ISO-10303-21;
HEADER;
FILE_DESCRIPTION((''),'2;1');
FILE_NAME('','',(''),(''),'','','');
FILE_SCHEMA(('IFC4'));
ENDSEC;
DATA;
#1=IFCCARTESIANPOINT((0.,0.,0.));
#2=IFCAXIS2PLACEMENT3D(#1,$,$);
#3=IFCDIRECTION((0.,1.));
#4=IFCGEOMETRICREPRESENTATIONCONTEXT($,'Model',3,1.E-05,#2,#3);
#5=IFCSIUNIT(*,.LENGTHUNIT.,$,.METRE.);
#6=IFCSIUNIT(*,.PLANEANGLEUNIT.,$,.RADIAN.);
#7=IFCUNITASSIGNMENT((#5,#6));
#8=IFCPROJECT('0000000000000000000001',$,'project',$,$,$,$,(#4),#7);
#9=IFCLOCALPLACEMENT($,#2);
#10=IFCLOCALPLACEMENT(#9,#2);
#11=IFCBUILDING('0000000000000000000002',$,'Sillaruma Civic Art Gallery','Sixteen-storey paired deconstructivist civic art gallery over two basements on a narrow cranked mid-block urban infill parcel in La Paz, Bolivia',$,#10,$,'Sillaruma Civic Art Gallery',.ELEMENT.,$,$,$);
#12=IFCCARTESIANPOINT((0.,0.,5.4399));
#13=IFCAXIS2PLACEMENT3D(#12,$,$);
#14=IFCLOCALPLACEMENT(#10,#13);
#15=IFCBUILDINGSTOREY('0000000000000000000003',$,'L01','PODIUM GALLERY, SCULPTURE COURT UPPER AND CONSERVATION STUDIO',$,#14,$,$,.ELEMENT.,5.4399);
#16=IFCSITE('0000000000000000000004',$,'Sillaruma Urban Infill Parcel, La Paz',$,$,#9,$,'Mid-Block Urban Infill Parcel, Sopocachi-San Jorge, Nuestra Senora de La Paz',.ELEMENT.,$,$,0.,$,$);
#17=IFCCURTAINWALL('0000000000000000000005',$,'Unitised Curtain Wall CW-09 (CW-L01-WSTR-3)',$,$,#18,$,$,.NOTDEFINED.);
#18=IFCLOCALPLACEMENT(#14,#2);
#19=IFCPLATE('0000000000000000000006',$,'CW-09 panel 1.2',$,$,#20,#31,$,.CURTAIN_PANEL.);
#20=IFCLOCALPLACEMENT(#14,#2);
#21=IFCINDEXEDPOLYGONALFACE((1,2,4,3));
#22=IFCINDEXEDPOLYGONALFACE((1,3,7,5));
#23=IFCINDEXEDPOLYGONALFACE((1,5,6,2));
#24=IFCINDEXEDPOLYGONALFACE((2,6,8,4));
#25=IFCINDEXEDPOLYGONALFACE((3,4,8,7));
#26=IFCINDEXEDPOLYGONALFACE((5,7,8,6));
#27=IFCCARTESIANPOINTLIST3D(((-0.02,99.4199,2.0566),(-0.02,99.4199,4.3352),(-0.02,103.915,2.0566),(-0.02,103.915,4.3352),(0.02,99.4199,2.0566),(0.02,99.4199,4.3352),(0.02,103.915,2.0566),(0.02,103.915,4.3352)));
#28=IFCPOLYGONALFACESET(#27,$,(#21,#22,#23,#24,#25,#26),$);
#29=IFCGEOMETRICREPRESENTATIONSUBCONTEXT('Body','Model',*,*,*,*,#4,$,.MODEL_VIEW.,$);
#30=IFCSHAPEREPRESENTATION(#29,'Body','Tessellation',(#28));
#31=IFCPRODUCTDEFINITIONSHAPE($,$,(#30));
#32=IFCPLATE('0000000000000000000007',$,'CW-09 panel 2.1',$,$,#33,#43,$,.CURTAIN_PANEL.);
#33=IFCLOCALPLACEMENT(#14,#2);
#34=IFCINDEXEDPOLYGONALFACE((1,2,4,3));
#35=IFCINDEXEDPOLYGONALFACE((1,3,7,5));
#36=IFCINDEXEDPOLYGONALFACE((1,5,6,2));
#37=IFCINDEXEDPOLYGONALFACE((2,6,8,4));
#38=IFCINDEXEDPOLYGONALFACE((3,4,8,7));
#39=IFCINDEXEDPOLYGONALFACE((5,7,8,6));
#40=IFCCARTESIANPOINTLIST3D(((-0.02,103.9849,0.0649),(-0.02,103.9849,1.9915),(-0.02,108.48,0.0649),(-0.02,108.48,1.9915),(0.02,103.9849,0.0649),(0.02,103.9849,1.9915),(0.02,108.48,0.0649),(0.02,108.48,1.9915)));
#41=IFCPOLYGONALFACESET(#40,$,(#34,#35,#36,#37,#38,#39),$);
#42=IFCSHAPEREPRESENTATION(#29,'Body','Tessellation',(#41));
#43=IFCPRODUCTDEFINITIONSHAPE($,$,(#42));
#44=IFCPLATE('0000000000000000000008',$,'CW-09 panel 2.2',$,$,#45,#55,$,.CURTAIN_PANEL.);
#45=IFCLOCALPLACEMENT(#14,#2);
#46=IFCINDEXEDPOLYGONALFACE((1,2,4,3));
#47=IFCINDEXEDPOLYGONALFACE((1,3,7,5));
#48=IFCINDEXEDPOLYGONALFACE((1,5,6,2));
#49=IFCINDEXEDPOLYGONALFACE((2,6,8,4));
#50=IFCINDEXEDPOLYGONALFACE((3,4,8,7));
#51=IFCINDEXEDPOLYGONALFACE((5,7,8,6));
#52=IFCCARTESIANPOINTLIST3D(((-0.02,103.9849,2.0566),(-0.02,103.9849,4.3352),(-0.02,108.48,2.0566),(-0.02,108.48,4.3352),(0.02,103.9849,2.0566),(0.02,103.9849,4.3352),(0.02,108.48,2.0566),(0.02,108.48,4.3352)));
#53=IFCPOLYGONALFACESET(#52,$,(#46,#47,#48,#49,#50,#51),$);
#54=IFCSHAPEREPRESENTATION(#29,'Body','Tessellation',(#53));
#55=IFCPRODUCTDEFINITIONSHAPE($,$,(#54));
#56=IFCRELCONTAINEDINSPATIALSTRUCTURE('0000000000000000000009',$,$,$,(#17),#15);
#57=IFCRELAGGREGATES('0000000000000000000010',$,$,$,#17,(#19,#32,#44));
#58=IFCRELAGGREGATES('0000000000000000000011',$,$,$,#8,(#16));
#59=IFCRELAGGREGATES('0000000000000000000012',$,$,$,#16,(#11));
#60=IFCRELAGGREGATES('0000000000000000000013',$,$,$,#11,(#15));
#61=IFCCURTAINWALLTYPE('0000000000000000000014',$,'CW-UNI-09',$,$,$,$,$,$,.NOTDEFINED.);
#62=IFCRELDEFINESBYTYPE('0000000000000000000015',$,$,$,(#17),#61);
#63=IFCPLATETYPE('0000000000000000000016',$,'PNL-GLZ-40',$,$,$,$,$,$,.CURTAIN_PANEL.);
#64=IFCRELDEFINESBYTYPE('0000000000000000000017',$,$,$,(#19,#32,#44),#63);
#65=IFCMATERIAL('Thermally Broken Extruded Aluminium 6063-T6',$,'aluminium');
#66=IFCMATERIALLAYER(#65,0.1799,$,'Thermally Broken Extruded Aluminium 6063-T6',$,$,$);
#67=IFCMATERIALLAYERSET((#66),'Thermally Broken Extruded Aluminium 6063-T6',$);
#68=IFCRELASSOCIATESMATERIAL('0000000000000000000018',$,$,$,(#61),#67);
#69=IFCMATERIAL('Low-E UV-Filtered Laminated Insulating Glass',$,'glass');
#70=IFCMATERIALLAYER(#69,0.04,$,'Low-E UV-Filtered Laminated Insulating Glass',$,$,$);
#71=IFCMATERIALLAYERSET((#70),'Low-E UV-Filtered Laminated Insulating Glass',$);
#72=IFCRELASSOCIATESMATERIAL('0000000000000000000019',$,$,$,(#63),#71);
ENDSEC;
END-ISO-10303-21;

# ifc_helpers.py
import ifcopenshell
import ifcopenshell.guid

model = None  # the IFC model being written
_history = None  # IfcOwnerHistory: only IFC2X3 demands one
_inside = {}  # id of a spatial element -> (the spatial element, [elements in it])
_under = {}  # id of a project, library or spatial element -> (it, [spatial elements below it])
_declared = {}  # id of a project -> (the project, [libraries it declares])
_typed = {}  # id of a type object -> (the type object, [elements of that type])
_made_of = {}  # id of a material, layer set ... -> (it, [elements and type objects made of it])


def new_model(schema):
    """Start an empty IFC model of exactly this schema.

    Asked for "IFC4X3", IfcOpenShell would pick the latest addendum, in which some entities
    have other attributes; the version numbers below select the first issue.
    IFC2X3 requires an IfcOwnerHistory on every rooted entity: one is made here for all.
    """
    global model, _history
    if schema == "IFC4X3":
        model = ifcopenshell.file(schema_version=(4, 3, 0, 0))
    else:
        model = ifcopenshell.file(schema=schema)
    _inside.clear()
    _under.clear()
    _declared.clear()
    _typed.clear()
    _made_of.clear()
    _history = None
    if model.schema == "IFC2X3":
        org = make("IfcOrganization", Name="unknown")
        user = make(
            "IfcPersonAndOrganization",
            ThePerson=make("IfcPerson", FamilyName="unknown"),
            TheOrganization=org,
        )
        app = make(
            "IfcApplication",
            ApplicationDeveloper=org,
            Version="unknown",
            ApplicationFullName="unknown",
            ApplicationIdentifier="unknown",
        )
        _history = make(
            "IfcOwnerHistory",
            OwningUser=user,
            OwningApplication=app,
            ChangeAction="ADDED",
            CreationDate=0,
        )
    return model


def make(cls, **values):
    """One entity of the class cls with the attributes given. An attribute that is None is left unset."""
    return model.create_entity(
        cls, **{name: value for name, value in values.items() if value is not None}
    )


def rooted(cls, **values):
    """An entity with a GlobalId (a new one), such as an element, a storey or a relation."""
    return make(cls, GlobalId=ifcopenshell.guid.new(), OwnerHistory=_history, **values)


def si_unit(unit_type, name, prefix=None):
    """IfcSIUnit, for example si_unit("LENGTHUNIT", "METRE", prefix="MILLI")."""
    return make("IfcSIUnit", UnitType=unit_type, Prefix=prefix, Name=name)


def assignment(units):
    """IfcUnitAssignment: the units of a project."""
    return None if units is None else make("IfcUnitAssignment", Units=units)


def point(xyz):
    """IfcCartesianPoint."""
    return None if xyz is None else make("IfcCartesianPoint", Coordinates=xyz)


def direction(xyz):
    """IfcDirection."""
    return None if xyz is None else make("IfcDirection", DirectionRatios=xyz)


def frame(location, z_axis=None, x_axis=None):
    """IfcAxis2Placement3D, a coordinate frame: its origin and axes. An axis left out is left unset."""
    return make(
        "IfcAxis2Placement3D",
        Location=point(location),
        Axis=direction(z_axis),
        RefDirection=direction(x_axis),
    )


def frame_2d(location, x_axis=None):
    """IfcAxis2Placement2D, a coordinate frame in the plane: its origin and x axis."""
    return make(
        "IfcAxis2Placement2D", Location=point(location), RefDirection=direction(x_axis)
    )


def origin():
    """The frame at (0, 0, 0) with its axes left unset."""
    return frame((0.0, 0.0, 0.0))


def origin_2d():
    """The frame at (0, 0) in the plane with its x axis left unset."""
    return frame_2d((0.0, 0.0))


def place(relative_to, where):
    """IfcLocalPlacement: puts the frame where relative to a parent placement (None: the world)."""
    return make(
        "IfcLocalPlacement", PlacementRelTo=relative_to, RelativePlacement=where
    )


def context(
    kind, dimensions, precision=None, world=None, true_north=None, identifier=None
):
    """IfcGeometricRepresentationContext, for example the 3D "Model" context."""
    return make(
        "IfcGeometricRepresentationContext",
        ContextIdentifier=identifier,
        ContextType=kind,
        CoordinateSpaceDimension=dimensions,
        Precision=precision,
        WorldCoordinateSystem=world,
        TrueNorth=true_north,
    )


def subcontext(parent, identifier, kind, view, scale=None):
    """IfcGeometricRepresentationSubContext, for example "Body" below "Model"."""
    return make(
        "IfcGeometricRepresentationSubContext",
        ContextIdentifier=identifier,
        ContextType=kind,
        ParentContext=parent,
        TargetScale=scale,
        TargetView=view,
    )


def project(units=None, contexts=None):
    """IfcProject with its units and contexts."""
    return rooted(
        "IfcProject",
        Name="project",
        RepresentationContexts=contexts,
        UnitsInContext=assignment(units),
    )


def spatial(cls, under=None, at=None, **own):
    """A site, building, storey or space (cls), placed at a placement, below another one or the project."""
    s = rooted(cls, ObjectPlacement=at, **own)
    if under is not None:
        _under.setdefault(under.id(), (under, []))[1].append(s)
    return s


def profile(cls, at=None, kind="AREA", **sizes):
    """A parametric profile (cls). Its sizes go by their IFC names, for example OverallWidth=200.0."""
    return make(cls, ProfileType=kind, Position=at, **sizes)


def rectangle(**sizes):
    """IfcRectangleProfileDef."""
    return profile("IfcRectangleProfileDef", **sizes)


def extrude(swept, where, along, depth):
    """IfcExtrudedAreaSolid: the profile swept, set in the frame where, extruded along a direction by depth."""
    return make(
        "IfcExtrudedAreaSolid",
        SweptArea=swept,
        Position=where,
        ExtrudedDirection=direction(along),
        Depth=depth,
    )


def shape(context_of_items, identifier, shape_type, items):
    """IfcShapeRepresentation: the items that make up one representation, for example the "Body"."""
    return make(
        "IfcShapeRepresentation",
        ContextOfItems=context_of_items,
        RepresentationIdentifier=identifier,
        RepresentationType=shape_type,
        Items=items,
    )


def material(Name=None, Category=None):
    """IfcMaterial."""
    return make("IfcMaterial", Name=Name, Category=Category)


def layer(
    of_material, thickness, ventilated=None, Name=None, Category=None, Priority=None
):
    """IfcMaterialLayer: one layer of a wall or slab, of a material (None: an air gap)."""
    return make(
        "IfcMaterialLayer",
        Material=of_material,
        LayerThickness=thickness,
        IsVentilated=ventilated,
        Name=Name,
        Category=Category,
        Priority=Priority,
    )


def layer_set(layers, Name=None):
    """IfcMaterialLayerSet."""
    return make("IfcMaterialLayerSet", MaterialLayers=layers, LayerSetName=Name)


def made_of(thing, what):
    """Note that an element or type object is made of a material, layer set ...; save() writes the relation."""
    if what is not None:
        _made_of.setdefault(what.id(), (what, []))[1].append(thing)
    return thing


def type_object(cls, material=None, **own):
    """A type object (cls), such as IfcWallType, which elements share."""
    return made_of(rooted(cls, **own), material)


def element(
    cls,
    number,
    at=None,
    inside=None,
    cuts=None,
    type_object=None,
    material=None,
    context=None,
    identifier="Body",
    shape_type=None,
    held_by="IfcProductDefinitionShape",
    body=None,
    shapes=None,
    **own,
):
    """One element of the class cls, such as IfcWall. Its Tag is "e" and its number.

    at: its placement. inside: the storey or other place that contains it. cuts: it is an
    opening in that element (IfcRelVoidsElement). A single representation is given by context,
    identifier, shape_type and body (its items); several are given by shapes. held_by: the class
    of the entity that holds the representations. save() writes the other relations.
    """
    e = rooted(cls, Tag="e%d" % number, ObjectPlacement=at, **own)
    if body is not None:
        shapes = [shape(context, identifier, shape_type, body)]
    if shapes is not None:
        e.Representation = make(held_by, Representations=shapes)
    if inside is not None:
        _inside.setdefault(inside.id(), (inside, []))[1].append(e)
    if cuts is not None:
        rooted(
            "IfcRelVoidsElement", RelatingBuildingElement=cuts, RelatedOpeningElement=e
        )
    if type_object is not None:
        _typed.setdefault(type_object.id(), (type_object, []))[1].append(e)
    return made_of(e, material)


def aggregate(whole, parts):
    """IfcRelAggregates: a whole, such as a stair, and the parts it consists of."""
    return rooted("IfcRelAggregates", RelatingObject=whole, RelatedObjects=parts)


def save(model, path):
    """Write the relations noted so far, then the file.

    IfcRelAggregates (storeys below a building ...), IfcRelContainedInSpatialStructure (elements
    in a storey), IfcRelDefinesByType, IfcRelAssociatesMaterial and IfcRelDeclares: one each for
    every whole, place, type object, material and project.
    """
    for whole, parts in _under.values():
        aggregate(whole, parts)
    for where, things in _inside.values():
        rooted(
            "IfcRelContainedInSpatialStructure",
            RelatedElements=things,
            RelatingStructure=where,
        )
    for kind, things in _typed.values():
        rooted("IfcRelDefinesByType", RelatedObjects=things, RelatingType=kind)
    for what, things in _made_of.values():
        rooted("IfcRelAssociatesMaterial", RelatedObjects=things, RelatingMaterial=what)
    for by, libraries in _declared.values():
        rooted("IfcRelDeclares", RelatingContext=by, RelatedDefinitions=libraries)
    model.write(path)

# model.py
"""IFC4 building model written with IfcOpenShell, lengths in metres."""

from ifc_helpers import new_model, si_unit, direction, frame, origin, origin_2d, place, context, subcontext, project, spatial, rectangle, extrude, material, layer, layer_set, type_object, element, aggregate, save


model = new_model("IFC4")

# Units and contexts
model_context = context("Model", 3, precision=1e-05, world=origin(), true_north=direction((0.0, 1.0)))
body_context = subcontext(model_context, "Body", "Model", "MODEL_VIEW")
ifc_project = project(units=[si_unit("LENGTHUNIT", "METRE"), si_unit("PLANEANGLEUNIT", "RADIAN")], contexts=[model_context])

# Site, building, storey
site_placement = place(None, origin())
site = spatial("IfcSite", under=ifc_project, at=site_placement, Name="Sillaruma Urban Infill Parcel, La Paz", LongName="Mid-Block Urban Infill Parcel, Sopocachi-San Jorge, Nuestra Senora de La Paz", CompositionType="ELEMENT", RefElevation=0.0)
building_placement = place(site_placement, origin())
building = spatial("IfcBuilding", under=site, at=building_placement, Name="Sillaruma Civic Art Gallery", Description="Sixteen-storey paired deconstructivist civic art gallery over two basements on a narrow cranked mid-block urban infill parcel in La Paz, Bolivia", LongName="Sillaruma Civic Art Gallery", CompositionType="ELEMENT")
storey_placement = place(building_placement, frame((0.0, 0.0, 5.4399)))
storey = spatial("IfcBuildingStorey", under=building, at=storey_placement, Name="L01", Description="PODIUM GALLERY, SCULPTURE COURT UPPER AND CONSERVATION STUDIO", CompositionType="ELEMENT", Elevation=5.4399)

# Curtain wall
ifc_material_1 = material(Name="Thermally Broken Extruded Aluminium 6063-T6", Category="aluminium")
ifc_layer_1 = layer(ifc_material_1, 0.1799, Name="Thermally Broken Extruded Aluminium 6063-T6")
ifc_layer_set_1 = layer_set([ifc_layer_1], Name="Thermally Broken Extruded Aluminium 6063-T6")
curtain_wall_type_1 = type_object("IfcCurtainWallType", Name="CW-UNI-09", PredefinedType="NOTDEFINED", material=ifc_layer_set_1)
curtain_wall_1_placement = place(storey_placement, origin())
curtain_wall_1 = element("IfcCurtainWall", 1, at=curtain_wall_1_placement, inside=storey, type_object=curtain_wall_type_1, Name="Unitised Curtain Wall CW-09 (CW-L01-WSTR-3)", PredefinedType="NOTDEFINED")

# Plates
ifc_material_2 = material(Name="Low-E UV-Filtered Laminated Insulating Glass", Category="glass")
ifc_layer_2 = layer(ifc_material_2, 0.04, Name="Low-E UV-Filtered Laminated Insulating Glass")
ifc_layer_set_2 = layer_set([ifc_layer_2], Name="Low-E UV-Filtered Laminated Insulating Glass")
plate_type_1 = type_object("IfcPlateType", Name="PNL-GLZ-40", PredefinedType="CURTAIN_PANEL", material=ifc_layer_set_2)
plate_1_placement = place(storey_placement, frame((0.0, 101.6675, 2.0566), z_axis=(0.0, 0.0, 1.0), x_axis=(0.0, 1.0, 0.0)))
plate_1 = element("IfcPlate", 2, at=plate_1_placement, type_object=plate_type_1, Name="CW-09 panel 1.2", PredefinedType="CURTAIN_PANEL", context=body_context, shape_type="SweptSolid", body=[
    extrude(rectangle(XDim=4.4951, YDim=0.04, at=origin_2d()), origin(), (0.0, 0.0, 1.0), 2.2786),
])
plate_2_placement = place(storey_placement, frame((0.0, 106.2324, 0.0649), z_axis=(0.0, 0.0, 1.0), x_axis=(0.0, 1.0, 0.0)))
plate_2 = element("IfcPlate", 3, at=plate_2_placement, type_object=plate_type_1, Name="CW-09 panel 2.1", PredefinedType="CURTAIN_PANEL", context=body_context, shape_type="SweptSolid", body=[
    extrude(rectangle(XDim=4.4951, YDim=0.04, at=origin_2d()), origin(), (0.0, 0.0, 1.0), 1.9265),
])
plate_3_placement = place(storey_placement, frame((0.0, 106.2324, 2.0566), z_axis=(0.0, 0.0, 1.0), x_axis=(0.0, 1.0, 0.0)))
plate_3 = element("IfcPlate", 4, at=plate_3_placement, type_object=plate_type_1, Name="CW-09 panel 2.2", PredefinedType="CURTAIN_PANEL", context=body_context, shape_type="SweptSolid", body=[
    extrude(rectangle(XDim=4.4951, YDim=0.04, at=origin_2d()), origin(), (0.0, 0.0, 1.0), 2.2786),
])
aggregate(curtain_wall_1, [plate_1, plate_2, plate_3])

save(model, "model.ifc")
